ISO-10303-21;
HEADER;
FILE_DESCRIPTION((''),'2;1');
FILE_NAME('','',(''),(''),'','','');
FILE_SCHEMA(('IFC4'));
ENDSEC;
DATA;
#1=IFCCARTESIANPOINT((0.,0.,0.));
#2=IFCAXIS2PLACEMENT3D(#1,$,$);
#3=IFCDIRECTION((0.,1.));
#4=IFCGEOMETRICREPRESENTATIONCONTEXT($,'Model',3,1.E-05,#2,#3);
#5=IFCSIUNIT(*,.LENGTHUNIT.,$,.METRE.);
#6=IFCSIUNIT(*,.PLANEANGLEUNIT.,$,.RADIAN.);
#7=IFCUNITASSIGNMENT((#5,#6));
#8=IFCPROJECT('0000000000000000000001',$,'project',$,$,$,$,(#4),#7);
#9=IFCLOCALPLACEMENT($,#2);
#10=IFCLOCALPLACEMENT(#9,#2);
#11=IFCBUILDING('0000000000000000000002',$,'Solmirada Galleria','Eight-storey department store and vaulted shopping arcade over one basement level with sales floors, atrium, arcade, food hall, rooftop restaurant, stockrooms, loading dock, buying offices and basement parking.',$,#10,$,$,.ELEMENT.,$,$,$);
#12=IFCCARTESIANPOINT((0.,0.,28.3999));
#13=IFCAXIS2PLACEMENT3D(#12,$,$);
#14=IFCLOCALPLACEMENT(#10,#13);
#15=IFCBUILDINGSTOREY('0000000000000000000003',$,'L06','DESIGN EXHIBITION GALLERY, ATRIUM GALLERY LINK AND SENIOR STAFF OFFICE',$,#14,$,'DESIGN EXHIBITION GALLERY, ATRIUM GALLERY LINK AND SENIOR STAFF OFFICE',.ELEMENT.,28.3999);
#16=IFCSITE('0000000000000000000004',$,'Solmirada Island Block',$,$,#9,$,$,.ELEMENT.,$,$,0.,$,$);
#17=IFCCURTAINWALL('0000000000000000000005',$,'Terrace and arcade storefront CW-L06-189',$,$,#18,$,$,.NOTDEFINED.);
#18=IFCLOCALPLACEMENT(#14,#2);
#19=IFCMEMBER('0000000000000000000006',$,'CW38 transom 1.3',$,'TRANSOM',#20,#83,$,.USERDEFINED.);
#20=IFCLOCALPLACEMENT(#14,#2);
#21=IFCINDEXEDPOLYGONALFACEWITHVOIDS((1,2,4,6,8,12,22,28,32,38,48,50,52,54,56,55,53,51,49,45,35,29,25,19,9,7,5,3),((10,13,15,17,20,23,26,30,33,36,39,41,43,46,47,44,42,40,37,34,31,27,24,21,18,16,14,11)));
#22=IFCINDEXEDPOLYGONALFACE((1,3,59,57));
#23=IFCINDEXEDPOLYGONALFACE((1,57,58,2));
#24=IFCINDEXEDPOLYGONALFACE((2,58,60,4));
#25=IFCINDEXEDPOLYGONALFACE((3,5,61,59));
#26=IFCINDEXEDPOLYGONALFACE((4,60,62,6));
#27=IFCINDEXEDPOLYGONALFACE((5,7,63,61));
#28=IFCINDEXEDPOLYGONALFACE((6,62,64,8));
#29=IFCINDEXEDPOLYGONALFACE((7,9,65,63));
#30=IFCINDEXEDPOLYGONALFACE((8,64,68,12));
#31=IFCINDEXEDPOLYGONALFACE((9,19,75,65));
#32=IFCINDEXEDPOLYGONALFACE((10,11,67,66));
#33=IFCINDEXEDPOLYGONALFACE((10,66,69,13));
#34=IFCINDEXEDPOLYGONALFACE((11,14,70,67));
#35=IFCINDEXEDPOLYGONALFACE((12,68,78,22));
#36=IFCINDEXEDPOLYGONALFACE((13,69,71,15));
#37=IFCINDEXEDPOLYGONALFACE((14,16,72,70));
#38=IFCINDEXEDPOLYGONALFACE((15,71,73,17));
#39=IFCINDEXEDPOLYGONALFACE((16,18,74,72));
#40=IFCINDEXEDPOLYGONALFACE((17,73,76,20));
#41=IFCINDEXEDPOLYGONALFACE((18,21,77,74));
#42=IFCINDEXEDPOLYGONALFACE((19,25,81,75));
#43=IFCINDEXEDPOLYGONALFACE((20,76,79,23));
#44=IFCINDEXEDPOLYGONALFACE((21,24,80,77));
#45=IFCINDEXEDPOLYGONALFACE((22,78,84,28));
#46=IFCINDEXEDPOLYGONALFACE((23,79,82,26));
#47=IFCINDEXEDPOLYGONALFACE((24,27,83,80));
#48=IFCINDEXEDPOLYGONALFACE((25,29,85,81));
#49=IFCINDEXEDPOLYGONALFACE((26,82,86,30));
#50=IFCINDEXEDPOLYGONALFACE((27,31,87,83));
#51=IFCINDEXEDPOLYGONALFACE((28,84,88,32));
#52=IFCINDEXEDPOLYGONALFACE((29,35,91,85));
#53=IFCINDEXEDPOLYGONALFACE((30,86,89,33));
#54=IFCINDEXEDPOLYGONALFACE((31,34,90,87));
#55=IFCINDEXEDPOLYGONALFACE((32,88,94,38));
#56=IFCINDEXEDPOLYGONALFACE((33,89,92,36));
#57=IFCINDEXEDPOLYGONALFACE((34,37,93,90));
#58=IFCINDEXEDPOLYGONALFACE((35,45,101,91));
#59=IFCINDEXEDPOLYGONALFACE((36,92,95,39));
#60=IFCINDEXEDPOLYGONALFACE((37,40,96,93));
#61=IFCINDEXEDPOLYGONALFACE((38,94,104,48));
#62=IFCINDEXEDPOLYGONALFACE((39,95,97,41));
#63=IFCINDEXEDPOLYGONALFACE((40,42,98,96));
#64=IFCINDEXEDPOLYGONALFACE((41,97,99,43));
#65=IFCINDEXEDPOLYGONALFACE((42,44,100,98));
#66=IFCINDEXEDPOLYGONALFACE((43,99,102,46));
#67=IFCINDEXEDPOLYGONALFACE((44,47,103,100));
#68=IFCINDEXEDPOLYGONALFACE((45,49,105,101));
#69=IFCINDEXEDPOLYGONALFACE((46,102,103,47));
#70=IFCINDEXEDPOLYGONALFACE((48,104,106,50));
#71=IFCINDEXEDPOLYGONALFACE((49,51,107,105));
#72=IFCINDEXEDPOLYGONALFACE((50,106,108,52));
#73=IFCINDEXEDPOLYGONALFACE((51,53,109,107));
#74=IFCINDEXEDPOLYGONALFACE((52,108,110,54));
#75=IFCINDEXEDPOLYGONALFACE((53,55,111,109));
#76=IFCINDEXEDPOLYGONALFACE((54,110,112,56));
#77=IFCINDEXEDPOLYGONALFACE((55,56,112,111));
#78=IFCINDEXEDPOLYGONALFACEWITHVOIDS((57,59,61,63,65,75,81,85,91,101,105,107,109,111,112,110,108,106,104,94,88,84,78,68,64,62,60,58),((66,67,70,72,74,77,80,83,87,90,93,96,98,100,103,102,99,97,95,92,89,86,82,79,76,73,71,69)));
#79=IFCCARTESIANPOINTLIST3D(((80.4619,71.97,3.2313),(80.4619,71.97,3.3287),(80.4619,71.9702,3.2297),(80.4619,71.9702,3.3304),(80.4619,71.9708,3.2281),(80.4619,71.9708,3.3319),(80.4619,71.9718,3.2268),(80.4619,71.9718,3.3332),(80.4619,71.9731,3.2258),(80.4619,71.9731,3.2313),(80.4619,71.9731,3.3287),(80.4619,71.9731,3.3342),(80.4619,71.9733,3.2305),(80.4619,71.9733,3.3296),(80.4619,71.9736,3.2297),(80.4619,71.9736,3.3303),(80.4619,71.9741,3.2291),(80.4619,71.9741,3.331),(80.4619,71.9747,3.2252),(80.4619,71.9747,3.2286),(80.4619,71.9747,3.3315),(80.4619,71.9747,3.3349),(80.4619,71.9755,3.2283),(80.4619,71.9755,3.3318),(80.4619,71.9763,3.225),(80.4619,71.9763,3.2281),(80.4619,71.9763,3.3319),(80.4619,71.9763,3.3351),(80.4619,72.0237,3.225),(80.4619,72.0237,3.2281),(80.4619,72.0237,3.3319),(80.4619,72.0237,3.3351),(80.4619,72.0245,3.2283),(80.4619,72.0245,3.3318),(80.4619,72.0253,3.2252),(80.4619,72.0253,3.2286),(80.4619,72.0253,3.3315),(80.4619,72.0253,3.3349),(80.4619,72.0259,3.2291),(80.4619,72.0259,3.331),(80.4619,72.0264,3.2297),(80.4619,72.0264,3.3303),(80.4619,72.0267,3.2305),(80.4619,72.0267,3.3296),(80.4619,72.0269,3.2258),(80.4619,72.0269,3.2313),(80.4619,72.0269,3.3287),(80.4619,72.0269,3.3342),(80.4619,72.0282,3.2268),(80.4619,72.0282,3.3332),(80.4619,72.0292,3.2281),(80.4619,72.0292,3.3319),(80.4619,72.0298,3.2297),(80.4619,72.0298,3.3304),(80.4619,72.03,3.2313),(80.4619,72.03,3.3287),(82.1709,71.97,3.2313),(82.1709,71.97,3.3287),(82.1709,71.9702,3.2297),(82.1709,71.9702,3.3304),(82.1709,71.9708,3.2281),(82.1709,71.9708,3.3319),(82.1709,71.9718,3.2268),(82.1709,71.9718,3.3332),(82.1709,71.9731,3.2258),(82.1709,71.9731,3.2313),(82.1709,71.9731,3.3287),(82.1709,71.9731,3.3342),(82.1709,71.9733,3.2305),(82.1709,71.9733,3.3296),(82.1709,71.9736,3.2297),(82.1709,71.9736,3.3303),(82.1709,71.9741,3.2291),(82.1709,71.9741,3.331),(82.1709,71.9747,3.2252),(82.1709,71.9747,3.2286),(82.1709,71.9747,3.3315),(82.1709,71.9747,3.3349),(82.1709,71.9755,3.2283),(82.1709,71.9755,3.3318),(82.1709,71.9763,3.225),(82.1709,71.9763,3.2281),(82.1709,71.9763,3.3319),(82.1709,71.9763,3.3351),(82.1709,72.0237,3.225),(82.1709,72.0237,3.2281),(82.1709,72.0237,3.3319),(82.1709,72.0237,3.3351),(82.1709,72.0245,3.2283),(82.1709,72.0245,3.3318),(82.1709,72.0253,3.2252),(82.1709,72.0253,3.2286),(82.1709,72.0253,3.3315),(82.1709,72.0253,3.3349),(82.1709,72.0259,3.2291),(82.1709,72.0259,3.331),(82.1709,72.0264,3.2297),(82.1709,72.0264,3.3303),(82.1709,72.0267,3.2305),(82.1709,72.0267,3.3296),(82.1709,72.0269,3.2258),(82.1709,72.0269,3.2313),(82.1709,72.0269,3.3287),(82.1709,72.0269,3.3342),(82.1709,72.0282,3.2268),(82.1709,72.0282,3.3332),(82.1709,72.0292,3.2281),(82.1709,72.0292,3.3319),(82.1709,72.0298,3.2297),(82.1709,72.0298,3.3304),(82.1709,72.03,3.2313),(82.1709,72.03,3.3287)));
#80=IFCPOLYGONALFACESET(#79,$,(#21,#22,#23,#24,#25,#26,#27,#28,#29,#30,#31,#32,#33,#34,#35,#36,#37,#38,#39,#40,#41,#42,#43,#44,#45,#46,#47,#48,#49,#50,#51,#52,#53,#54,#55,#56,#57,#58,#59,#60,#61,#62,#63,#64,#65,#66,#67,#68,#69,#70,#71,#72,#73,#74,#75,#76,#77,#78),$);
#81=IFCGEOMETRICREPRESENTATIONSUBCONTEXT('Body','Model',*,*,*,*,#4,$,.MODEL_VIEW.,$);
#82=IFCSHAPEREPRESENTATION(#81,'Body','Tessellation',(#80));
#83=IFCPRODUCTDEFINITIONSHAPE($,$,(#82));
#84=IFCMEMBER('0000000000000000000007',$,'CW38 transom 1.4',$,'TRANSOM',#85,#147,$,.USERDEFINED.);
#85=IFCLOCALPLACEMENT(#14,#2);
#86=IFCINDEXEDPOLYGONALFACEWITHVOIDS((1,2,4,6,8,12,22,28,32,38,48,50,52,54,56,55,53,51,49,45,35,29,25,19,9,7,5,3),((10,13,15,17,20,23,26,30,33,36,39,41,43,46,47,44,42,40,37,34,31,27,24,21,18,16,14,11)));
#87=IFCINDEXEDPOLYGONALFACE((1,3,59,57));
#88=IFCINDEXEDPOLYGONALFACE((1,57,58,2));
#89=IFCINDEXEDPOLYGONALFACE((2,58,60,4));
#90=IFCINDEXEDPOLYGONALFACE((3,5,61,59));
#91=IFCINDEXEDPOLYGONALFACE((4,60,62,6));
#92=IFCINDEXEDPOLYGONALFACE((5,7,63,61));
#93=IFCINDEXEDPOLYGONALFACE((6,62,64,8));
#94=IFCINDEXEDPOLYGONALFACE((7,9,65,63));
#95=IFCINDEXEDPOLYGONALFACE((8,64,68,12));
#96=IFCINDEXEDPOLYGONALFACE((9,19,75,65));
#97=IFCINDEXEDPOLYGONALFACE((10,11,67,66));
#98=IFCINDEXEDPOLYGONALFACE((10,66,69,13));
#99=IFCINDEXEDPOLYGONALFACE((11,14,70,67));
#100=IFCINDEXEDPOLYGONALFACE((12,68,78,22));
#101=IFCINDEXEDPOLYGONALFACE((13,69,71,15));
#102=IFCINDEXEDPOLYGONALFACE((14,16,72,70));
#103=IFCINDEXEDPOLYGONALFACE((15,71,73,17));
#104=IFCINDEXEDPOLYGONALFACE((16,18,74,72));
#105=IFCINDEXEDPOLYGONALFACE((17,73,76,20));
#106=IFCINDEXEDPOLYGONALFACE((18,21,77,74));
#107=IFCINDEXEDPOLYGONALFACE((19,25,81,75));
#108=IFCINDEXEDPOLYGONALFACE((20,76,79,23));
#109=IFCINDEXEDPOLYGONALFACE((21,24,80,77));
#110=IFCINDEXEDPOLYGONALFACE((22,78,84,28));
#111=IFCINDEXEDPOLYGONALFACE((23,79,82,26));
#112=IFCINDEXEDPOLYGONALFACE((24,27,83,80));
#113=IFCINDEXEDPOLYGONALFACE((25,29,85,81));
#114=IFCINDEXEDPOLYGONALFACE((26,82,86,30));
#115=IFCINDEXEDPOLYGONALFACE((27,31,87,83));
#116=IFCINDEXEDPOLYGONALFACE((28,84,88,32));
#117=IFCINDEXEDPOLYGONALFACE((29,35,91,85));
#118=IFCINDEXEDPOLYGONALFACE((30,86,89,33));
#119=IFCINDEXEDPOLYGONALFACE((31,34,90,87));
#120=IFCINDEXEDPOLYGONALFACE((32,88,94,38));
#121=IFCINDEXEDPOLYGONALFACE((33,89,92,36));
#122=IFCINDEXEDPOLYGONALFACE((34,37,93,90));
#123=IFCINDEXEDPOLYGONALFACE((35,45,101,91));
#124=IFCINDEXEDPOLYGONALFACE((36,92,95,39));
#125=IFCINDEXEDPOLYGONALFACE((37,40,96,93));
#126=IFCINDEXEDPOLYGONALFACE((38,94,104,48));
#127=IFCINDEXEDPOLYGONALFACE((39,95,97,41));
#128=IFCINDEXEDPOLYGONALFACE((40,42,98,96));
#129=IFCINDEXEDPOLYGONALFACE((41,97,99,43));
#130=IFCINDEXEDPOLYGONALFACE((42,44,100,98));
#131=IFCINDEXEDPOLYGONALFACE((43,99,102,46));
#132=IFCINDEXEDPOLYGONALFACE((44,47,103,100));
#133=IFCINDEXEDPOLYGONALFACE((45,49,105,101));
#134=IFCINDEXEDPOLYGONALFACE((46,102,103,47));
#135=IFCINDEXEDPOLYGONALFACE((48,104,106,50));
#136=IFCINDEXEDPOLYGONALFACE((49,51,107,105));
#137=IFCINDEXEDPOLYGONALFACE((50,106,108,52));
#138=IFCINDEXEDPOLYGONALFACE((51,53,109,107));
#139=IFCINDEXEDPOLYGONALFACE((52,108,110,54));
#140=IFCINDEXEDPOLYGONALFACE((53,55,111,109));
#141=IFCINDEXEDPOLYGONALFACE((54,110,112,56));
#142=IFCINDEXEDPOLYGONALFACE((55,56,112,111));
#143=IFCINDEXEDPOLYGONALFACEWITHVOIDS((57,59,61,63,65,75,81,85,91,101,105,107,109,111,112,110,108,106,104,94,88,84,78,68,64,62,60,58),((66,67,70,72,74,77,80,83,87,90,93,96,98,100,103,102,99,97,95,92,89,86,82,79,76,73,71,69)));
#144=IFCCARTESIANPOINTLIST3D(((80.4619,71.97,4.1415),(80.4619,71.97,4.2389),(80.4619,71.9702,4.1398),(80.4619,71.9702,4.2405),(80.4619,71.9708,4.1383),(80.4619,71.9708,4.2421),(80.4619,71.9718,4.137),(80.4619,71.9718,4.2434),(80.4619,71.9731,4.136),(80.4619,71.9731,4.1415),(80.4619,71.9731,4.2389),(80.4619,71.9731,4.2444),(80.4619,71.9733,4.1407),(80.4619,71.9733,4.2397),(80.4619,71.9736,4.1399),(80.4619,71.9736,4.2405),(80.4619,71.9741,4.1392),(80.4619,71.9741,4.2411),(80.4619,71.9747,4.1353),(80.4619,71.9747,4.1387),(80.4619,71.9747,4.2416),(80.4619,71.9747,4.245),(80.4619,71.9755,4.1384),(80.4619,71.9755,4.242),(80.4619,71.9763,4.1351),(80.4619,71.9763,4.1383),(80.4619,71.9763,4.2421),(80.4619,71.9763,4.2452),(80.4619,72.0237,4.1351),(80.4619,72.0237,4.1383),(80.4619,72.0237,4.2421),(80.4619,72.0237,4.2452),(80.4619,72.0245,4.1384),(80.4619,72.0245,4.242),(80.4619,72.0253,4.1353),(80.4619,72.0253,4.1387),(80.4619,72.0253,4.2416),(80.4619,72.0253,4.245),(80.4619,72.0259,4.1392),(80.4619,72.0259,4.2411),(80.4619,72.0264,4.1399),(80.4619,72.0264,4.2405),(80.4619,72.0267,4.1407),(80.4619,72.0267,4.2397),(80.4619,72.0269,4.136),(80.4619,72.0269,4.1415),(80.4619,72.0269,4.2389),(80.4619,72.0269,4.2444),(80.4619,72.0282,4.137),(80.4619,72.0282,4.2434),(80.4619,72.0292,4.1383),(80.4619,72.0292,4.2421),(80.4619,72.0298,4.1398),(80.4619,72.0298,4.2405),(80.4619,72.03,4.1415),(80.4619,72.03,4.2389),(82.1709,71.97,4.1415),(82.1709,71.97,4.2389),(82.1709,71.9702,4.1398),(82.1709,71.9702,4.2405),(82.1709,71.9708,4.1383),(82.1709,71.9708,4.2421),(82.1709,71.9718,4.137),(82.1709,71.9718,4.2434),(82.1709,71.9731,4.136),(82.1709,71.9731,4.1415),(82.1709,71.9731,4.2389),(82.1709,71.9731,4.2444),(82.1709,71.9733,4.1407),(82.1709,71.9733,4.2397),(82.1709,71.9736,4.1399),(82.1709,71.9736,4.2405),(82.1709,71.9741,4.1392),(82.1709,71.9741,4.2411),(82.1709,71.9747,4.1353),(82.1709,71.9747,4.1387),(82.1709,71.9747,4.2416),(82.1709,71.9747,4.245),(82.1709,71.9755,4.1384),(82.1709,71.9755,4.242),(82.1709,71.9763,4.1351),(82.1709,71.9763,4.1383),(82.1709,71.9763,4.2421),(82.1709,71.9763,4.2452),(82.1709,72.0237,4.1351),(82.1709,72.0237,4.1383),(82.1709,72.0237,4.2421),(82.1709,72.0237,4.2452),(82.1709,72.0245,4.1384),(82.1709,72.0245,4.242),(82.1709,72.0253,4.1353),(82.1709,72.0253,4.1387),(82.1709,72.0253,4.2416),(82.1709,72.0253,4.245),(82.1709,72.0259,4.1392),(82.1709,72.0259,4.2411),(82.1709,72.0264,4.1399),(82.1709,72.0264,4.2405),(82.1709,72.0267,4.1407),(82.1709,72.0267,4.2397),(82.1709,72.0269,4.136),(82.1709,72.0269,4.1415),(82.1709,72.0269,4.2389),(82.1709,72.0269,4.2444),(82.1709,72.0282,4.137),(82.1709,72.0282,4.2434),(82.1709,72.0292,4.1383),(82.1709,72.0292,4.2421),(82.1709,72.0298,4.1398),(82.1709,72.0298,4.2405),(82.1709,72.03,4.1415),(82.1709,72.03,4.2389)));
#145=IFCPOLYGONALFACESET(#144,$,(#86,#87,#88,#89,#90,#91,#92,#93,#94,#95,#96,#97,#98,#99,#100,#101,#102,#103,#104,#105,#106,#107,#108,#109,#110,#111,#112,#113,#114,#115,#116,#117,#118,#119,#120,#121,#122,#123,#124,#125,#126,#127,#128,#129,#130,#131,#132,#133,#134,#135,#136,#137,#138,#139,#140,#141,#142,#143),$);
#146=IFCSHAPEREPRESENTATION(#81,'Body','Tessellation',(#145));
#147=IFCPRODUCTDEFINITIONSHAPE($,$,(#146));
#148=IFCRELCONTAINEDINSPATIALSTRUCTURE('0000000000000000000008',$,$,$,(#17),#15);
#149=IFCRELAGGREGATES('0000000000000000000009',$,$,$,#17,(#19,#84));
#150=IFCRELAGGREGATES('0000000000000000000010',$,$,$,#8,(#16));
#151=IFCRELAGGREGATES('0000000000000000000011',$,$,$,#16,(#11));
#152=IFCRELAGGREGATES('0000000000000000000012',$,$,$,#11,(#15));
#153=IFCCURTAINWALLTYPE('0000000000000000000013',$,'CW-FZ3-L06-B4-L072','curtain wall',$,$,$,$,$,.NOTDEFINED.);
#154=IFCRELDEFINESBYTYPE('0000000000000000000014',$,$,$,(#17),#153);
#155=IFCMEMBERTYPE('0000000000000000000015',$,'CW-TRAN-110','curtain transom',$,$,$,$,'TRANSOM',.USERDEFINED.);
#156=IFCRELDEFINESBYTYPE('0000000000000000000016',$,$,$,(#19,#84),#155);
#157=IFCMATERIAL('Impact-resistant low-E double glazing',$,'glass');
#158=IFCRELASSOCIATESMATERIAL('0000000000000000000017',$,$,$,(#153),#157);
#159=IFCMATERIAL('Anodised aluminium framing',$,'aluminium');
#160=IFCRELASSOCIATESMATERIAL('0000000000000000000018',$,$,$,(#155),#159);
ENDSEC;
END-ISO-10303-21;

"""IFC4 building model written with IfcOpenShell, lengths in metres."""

from ifc_helpers import new_model, si_unit, direction, frame, origin, origin_2d, place, context, subcontext, project, spatial, hollow_rectangle, extrude, material, material_profile, profile_set, type_object, element, aggregate, save


model = new_model("IFC4")

# Units and contexts
model_context = context("Model", 3, precision=1e-05, world=origin(), true_north=direction((0.0, 1.0)))
body_context = subcontext(model_context, "Body", "Model", "MODEL_VIEW")
ifc_project = project(units=[si_unit("LENGTHUNIT", "METRE"), si_unit("PLANEANGLEUNIT", "RADIAN")], contexts=[model_context])

# Site, building, storey
site_placement = place(None, origin())
site = spatial("IfcSite", under=ifc_project, at=site_placement, Name="Solmirada Island Block", CompositionType="ELEMENT", RefElevation=0.0)
building_placement = place(site_placement, origin())
building = spatial("IfcBuilding", under=site, at=building_placement, Name="Solmirada Galleria", Description="Eight-storey department store and vaulted shopping arcade over one basement level with sales floors, atrium, arcade, food hall, rooftop restaurant, stockrooms, loading dock, buying offices and basement parking.", CompositionType="ELEMENT")
storey_placement = place(building_placement, frame((0.0, 0.0, 28.3999)))
storey = spatial("IfcBuildingStorey", under=building, at=storey_placement, Name="L06", Description="DESIGN EXHIBITION GALLERY, ATRIUM GALLERY LINK AND SENIOR STAFF OFFICE", LongName="DESIGN EXHIBITION GALLERY, ATRIUM GALLERY LINK AND SENIOR STAFF OFFICE", CompositionType="ELEMENT", Elevation=28.3999)

# Curtain wall, members
ifc_material_1 = material(Name="Impact-resistant low-E double glazing", Category="glass")
curtain_wall_type = type_object("IfcCurtainWallType", Name="CW-FZ3-L06-B4-L072", Description="curtain wall", PredefinedType="NOTDEFINED", material=ifc_material_1)
curtain_wall_placement = place(storey_placement, origin())
curtain_wall = element("IfcCurtainWall", 1, at=curtain_wall_placement, inside=storey, type_object=curtain_wall_type, Name="Terrace and arcade storefront CW-L06-189", PredefinedType="NOTDEFINED")
ifc_material_2 = material(Name="Anodised aluminium framing", Category="aluminium")
ifc_material_profile_1 = material_profile(ifc_material_2, hollow_rectangle(XDim=0.0601, YDim=0.1101, WallThickness=0.0032, InnerFilletRadius=0.0032, OuterFilletRadius=0.0063, at=origin_2d()), Name="ALU-TRAN-110X60")
ifc_profile_set_1 = profile_set([ifc_material_profile_1], Name="Anodised aluminium framing")
member_type_1 = type_object("IfcMemberType", Name="CW-TRAN-110", Description="curtain transom", ElementType="TRANSOM", PredefinedType="USERDEFINED", material=ifc_profile_set_1)
member_1_placement = place(storey_placement, frame((80.4619, 72.0, 3.28), z_axis=(1.0, 0.0, 0.0), x_axis=(0.0, 1.0, 0.0)))
member_1 = element("IfcMember", 2, at=member_1_placement, type_object=member_type_1, Name="CW38 transom 1.3", ObjectType="TRANSOM", PredefinedType="USERDEFINED", context=body_context, shape_type="SweptSolid", body=[
    extrude(hollow_rectangle(XDim=0.0601, YDim=0.1101, WallThickness=0.0032, InnerFilletRadius=0.0032, OuterFilletRadius=0.0063, at=origin_2d()), origin(), (0.0, 0.0, 1.0), 1.709),
])
member_2_placement = place(storey_placement, frame((80.4619, 72.0, 4.1902), z_axis=(1.0, 0.0, 0.0), x_axis=(0.0, 1.0, 0.0)))
member_2 = element("IfcMember", 3, at=member_2_placement, type_object=member_type_1, Name="CW38 transom 1.4", ObjectType="TRANSOM", PredefinedType="USERDEFINED", context=body_context, shape_type="SweptSolid", body=[
    extrude(hollow_rectangle(XDim=0.0601, YDim=0.1101, WallThickness=0.0032, InnerFilletRadius=0.0032, OuterFilletRadius=0.0063, at=origin_2d()), origin(), (0.0, 0.0, 1.0), 1.709),
])
aggregate(curtain_wall, [member_1, member_2])

save(model, "model.ifc")
